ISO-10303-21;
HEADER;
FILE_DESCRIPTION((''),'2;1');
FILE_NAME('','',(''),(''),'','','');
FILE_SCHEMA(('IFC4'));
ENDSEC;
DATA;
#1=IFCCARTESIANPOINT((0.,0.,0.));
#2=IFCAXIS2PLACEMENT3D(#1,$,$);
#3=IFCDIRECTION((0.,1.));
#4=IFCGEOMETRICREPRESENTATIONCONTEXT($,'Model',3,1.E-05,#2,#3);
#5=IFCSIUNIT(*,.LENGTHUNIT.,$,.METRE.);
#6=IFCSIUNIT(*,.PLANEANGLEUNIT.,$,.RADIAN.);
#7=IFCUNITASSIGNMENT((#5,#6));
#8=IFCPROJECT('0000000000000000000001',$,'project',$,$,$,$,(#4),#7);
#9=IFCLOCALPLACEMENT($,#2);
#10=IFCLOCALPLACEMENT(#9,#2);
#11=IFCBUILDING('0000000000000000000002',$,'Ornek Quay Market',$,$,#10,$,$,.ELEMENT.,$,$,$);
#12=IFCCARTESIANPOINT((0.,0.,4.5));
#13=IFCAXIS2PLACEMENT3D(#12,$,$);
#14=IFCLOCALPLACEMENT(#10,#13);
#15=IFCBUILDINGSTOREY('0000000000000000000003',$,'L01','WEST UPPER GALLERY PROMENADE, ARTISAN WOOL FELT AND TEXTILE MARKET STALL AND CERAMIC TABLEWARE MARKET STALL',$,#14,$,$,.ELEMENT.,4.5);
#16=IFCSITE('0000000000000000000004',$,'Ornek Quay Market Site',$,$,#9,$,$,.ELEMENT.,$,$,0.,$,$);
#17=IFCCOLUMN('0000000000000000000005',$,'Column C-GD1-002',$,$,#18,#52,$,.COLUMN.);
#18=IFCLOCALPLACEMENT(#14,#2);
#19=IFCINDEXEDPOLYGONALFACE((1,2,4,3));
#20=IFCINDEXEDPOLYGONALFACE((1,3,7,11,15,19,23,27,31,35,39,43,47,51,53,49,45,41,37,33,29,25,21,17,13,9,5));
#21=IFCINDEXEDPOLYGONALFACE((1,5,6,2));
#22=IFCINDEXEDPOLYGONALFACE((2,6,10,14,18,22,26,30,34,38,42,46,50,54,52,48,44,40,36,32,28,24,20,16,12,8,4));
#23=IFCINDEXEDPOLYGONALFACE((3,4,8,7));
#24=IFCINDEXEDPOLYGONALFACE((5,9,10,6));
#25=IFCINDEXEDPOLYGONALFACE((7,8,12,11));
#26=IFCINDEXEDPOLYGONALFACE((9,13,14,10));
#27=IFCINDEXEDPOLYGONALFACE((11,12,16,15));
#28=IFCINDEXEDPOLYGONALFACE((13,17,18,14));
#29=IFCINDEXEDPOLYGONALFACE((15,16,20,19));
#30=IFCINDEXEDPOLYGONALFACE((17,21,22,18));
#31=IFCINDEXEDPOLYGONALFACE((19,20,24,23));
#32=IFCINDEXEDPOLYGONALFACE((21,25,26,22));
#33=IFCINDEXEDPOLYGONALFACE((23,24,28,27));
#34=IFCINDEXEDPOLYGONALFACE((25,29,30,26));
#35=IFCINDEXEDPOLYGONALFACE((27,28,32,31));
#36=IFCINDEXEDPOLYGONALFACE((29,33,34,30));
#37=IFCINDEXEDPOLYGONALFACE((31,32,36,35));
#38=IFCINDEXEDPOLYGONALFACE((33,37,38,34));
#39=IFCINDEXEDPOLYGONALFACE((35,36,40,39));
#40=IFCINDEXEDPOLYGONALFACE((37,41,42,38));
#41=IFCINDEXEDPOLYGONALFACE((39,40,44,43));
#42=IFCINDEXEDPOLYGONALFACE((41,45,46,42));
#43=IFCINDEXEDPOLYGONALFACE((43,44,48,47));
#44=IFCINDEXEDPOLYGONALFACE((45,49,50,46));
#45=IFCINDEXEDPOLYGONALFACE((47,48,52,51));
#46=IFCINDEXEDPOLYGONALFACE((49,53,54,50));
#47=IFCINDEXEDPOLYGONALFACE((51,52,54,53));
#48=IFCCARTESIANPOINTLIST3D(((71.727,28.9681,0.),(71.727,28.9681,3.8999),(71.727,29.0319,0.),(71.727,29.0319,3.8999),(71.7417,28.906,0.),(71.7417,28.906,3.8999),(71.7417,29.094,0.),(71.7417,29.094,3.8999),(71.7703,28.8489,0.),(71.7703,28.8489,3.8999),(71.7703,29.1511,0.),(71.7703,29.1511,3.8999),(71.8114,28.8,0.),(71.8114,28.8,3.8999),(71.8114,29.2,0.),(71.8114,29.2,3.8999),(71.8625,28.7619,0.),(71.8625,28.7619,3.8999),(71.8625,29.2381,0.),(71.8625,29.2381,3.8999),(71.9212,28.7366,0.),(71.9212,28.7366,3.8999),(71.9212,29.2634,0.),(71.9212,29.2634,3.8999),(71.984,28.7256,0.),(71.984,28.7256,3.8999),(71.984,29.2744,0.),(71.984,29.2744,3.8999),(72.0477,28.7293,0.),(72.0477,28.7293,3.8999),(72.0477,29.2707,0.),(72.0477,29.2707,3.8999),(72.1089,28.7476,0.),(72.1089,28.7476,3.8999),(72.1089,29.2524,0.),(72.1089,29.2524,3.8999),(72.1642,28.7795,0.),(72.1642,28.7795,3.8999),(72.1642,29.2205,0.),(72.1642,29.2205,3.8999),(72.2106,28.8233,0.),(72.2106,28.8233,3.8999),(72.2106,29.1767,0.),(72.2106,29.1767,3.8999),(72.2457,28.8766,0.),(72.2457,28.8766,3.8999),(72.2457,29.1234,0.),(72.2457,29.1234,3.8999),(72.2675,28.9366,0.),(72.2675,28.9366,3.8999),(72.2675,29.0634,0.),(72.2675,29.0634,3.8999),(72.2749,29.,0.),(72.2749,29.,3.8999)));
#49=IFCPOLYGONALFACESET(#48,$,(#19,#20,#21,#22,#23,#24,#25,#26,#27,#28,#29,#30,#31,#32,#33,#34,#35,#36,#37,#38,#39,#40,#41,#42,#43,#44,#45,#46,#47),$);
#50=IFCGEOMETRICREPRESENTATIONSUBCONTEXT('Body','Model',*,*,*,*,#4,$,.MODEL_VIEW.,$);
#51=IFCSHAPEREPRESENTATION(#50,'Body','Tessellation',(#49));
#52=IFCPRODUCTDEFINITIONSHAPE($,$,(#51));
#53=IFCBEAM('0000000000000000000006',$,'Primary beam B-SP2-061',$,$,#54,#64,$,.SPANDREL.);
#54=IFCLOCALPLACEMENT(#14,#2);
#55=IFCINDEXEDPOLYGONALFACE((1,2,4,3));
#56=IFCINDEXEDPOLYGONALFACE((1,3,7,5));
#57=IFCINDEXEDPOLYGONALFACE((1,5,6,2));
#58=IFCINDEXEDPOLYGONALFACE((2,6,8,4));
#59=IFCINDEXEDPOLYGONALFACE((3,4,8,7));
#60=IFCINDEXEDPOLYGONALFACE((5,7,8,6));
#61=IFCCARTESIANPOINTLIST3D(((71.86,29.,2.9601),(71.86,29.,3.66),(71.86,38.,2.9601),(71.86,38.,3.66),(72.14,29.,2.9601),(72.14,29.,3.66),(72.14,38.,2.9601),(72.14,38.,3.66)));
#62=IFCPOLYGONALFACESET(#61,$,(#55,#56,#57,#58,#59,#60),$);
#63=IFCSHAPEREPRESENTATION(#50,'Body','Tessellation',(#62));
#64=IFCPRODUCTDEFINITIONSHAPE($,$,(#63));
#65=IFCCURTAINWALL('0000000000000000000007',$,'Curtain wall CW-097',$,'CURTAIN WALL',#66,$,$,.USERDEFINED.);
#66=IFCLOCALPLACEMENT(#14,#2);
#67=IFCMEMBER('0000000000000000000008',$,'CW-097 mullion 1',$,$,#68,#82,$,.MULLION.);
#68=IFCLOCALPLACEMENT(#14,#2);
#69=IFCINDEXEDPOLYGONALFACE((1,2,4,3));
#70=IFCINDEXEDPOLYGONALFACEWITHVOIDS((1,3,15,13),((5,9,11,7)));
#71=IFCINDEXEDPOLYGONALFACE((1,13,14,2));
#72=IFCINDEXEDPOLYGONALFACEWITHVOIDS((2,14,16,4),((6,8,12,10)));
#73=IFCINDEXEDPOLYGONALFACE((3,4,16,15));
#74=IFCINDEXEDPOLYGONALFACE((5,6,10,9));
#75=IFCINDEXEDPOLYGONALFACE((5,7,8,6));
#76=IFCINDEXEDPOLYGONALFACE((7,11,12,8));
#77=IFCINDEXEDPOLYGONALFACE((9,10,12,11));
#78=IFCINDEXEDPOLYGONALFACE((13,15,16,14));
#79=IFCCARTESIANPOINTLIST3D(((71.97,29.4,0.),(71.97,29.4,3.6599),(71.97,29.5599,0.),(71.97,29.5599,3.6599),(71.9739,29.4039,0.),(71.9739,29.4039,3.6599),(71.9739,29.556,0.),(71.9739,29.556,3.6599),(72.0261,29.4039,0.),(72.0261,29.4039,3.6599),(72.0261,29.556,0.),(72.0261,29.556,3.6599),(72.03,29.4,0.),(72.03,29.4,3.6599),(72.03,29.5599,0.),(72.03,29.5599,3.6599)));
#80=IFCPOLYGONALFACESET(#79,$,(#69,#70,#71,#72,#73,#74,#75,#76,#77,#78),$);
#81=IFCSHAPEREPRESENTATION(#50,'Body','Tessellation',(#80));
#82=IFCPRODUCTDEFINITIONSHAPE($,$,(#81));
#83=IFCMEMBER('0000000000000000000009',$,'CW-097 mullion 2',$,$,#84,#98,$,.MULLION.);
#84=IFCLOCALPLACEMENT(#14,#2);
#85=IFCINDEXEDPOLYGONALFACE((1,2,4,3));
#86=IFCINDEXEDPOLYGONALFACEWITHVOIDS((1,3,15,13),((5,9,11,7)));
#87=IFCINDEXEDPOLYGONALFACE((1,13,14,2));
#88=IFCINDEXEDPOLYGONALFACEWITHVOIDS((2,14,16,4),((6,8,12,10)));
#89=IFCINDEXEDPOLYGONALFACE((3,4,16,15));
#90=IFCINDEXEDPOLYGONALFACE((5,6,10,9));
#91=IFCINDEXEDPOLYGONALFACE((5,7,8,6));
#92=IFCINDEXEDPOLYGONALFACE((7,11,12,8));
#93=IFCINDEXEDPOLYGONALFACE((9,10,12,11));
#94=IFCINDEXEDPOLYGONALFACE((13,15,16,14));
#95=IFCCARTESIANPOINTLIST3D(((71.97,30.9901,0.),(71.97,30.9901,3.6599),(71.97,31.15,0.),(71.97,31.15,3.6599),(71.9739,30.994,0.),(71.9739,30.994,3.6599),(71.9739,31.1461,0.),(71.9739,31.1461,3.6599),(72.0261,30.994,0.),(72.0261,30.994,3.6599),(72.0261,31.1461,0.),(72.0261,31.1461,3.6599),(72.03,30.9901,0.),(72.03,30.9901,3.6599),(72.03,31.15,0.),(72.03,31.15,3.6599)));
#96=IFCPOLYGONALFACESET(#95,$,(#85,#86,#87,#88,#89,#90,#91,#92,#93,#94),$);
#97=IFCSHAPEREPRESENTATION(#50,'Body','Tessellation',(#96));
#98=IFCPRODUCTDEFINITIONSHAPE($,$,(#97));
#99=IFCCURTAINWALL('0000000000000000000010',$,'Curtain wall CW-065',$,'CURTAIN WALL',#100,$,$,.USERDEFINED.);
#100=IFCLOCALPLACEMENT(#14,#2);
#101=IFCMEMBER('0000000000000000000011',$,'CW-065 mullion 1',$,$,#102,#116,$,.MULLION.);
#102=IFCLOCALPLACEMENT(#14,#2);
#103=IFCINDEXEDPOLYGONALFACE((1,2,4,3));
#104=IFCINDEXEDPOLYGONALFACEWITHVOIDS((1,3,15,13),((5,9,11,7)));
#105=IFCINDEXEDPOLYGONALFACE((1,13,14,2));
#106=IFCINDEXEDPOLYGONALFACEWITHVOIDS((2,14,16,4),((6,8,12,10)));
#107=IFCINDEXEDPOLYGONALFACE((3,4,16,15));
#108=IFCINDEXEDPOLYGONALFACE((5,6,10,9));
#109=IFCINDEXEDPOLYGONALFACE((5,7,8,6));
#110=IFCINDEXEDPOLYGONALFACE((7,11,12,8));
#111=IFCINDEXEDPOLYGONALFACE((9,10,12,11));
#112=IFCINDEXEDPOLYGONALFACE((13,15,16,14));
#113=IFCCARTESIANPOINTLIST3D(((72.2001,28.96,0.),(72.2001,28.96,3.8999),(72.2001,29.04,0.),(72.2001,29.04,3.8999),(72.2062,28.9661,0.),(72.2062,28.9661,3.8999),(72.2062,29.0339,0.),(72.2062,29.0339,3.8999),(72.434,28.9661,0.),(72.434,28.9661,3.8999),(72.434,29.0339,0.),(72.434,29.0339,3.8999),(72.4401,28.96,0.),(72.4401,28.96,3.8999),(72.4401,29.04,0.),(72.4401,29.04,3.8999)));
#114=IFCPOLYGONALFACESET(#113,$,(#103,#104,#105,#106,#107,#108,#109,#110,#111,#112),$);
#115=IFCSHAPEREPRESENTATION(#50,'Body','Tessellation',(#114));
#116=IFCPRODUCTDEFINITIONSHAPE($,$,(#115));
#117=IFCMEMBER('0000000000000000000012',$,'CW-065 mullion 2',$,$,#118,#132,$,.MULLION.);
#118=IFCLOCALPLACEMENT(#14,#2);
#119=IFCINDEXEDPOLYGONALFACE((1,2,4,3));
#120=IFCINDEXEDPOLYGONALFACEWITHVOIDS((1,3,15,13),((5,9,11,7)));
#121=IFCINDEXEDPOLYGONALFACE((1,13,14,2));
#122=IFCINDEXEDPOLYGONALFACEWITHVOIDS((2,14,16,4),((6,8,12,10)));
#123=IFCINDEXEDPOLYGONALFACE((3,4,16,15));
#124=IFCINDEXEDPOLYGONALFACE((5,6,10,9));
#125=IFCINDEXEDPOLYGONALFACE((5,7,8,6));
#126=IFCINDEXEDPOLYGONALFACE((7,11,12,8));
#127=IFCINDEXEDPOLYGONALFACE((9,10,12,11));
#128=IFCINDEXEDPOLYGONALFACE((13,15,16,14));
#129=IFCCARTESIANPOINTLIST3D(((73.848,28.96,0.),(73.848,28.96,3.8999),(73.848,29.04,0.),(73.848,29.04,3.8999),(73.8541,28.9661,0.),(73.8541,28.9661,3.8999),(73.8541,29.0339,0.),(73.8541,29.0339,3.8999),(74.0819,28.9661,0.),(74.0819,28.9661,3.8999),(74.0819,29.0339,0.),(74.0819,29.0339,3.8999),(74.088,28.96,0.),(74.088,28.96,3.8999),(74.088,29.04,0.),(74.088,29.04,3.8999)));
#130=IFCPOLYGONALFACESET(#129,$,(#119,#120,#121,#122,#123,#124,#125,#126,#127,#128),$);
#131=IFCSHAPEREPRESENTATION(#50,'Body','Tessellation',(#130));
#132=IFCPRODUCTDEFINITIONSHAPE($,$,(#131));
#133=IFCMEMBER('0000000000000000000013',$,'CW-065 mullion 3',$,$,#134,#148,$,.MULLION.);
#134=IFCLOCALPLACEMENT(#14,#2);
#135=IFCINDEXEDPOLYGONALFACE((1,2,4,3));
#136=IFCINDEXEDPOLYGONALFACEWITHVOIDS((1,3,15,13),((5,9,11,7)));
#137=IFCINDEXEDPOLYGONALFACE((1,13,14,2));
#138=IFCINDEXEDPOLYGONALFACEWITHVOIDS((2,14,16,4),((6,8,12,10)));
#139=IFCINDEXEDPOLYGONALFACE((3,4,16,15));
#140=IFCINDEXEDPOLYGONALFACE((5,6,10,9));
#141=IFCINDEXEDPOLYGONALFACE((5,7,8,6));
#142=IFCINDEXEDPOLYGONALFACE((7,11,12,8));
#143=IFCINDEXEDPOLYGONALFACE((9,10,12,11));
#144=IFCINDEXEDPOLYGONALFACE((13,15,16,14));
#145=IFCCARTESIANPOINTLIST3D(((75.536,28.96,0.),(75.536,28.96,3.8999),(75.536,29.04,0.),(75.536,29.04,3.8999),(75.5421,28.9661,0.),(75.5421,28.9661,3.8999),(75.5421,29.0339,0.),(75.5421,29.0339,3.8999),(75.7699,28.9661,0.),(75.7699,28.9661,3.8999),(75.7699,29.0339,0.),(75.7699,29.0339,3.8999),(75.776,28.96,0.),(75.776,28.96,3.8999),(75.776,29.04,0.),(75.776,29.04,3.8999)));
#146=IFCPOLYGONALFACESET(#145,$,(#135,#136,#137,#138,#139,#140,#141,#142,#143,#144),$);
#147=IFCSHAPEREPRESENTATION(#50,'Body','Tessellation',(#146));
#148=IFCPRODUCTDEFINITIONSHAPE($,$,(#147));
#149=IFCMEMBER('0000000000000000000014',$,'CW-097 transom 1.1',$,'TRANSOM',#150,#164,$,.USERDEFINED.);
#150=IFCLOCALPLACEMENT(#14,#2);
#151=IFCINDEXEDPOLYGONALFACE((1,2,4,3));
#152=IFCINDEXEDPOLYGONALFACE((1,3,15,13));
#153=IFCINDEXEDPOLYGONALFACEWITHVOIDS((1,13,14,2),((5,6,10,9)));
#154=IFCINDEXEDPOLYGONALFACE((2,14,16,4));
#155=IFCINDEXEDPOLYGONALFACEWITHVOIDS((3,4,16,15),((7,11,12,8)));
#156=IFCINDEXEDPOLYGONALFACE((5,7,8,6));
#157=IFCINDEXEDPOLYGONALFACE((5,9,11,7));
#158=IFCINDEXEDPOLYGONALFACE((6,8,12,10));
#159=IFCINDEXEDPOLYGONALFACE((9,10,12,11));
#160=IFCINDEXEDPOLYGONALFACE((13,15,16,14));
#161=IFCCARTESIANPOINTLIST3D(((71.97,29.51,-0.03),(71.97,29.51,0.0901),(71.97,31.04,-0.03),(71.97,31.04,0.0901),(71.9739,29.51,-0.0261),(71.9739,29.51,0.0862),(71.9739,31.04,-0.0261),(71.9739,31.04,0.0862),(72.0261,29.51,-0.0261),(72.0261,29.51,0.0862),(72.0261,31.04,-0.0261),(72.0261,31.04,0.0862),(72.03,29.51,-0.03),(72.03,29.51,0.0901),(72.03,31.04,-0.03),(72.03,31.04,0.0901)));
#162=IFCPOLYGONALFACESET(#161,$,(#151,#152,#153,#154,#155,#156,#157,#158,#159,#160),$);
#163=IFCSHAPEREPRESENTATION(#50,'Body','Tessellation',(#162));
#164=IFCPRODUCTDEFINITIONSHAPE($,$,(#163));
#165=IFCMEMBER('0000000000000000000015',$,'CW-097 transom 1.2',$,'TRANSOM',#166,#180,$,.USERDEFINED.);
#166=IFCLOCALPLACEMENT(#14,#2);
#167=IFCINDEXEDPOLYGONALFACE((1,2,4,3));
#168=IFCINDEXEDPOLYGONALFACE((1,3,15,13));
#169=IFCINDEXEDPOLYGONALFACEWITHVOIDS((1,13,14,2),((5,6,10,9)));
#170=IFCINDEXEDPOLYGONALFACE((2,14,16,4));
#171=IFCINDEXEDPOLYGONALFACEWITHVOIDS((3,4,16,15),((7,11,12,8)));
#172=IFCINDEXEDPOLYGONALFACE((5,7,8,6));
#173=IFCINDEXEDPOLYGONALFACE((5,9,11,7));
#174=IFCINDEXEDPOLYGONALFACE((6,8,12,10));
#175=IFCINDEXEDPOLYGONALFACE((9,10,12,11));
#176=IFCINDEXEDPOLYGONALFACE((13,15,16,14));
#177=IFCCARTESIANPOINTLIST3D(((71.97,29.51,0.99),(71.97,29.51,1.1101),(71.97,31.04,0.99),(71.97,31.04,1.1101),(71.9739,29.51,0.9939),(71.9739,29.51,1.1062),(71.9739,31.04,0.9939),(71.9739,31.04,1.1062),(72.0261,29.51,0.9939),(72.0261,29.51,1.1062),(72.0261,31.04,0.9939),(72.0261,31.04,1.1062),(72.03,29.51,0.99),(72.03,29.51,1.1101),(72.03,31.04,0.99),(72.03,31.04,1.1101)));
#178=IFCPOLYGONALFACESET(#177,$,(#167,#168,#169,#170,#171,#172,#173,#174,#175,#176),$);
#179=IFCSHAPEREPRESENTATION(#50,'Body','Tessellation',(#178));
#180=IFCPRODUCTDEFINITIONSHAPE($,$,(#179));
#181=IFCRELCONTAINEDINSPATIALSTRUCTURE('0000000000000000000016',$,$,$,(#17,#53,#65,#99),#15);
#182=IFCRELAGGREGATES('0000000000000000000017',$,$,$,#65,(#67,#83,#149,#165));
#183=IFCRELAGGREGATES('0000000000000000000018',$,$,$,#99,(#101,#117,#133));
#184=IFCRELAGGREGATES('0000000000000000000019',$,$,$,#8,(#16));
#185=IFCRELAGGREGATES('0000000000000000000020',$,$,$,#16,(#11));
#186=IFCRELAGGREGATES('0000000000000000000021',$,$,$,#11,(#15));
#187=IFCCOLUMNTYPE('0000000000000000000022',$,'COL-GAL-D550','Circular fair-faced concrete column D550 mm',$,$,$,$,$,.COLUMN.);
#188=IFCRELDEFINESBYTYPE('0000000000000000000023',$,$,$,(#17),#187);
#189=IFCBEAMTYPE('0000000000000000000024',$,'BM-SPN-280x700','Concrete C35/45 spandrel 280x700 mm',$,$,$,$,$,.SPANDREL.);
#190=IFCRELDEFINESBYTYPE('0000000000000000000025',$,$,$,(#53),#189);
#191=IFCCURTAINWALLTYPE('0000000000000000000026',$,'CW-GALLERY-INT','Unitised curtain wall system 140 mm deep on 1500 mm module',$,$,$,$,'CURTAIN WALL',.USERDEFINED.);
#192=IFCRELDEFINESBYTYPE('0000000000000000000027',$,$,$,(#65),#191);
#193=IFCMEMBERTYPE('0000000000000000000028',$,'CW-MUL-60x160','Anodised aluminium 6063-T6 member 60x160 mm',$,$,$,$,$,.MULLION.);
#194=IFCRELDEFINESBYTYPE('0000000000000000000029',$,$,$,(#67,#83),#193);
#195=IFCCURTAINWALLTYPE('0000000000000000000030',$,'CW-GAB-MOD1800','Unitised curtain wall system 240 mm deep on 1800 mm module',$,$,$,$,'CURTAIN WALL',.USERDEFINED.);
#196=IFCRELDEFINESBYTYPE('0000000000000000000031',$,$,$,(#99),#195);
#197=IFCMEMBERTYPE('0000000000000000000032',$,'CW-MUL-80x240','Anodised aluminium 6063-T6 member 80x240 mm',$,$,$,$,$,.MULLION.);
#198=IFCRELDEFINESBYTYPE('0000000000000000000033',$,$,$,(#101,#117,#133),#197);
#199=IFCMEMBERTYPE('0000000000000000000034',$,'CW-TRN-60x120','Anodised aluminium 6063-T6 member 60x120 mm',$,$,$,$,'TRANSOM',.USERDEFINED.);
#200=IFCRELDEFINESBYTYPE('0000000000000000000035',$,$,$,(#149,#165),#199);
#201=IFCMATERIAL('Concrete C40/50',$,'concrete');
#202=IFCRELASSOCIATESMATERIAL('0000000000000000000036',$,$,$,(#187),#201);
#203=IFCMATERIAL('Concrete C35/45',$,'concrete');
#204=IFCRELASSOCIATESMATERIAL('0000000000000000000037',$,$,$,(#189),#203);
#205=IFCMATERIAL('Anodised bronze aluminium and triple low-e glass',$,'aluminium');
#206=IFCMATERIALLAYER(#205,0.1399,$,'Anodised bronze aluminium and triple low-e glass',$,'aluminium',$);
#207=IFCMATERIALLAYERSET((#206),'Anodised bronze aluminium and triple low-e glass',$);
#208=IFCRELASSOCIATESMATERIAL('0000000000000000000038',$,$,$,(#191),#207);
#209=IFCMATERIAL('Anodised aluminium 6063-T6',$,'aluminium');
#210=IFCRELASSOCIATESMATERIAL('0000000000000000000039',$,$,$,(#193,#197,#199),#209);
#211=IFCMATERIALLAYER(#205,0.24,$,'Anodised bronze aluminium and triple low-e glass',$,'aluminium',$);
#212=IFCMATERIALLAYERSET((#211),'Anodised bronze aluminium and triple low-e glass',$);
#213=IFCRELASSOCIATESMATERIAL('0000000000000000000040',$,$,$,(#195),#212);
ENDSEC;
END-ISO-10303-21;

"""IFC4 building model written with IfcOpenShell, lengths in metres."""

from ifc_helpers import new_model, si_unit, direction, frame, origin, origin_2d, place, context, subcontext, project, spatial, rectangle, hollow_rectangle, circle, extrude, material, layer, layer_set, material_profile, profile_set, type_object, element, aggregate, save


model = new_model("IFC4")

# Units and contexts
model_context = context("Model", 3, precision=1e-05, world=origin(), true_north=direction((0.0, 1.0)))
body_context = subcontext(model_context, "Body", "Model", "MODEL_VIEW")
ifc_project = project(units=[si_unit("LENGTHUNIT", "METRE"), si_unit("PLANEANGLEUNIT", "RADIAN")], contexts=[model_context])

# Site, building, storey
site_placement = place(None, origin())
site = spatial("IfcSite", under=ifc_project, at=site_placement, Name="Ornek Quay Market Site", CompositionType="ELEMENT", RefElevation=0.0)
building_placement = place(site_placement, origin())
building = spatial("IfcBuilding", under=site, at=building_placement, Name="Ornek Quay Market", CompositionType="ELEMENT")
storey_placement = place(building_placement, frame((0.0, 0.0, 4.5)))
storey = spatial("IfcBuildingStorey", under=building, at=storey_placement, Name="L01", Description="WEST UPPER GALLERY PROMENADE, ARTISAN WOOL FELT AND TEXTILE MARKET STALL AND CERAMIC TABLEWARE MARKET STALL", CompositionType="ELEMENT", Elevation=4.5)

# Column
ifc_material_1 = material(Name="Concrete C40/50", Category="concrete")
ifc_material_profile_1 = material_profile(ifc_material_1, circle(Radius=0.2749, at=origin_2d()), Name="RC D550", Category="concrete")
ifc_profile_set_1 = profile_set([ifc_material_profile_1], Name="Concrete C40/50")
column_type = type_object("IfcColumnType", Name="COL-GAL-D550", Description="Circular fair-faced concrete column D550 mm", PredefinedType="COLUMN", material=ifc_profile_set_1)
column_placement = place(storey_placement, frame((72.0, 29.0, 0.0), z_axis=(0.0, 0.0, 1.0), x_axis=(1.0, 0.0, 0.0)))
element("IfcColumn", 1, at=column_placement, inside=storey, type_object=column_type, Name="Column C-GD1-002", PredefinedType="COLUMN", context=body_context, shape_type="SweptSolid", body=[
    extrude(circle(Radius=0.2749, at=origin_2d()), origin(), (0.0, 0.0, 1.0), 3.8999),
])

# Beam
ifc_material_2 = material(Name="Concrete C35/45", Category="concrete")
ifc_material_profile_2 = material_profile(ifc_material_2, rectangle(XDim=0.28, YDim=0.7, at=origin_2d()), Name="RC 280x700", Category="concrete")
ifc_profile_set_2 = profile_set([ifc_material_profile_2], Name="Concrete C35/45")
beam_type = type_object("IfcBeamType", Name="BM-SPN-280x700", Description="Concrete C35/45 spandrel 280x700 mm", PredefinedType="SPANDREL", material=ifc_profile_set_2)
beam_placement = place(storey_placement, frame((72.0, 29.0, 3.3101), z_axis=(0.0, 1.0, 0.0), x_axis=(-1.0, 0.0, 0.0)))
element("IfcBeam", 2, at=beam_placement, inside=storey, type_object=beam_type, Name="Primary beam B-SP2-061", PredefinedType="SPANDREL", context=body_context, shape_type="SweptSolid", body=[
    extrude(rectangle(XDim=0.28, YDim=0.7, at=origin_2d()), origin(), (0.0, 0.0, 1.0), 9.0),
])

# Curtain walls, members
ifc_material_3 = material(Name="Anodised bronze aluminium and triple low-e glass", Category="aluminium")
ifc_layer_1 = layer(ifc_material_3, 0.1399, Name="Anodised bronze aluminium and triple low-e glass", Category="aluminium")
ifc_layer_set_1 = layer_set([ifc_layer_1], Name="Anodised bronze aluminium and triple low-e glass")
curtain_wall_type_1 = type_object("IfcCurtainWallType", Name="CW-GALLERY-INT", Description="Unitised curtain wall system 140 mm deep on 1500 mm module", ElementType="CURTAIN WALL", PredefinedType="USERDEFINED", material=ifc_layer_set_1)
curtain_wall_1_placement = place(storey_placement, origin())
curtain_wall_1 = element("IfcCurtainWall", 3, at=curtain_wall_1_placement, inside=storey, type_object=curtain_wall_type_1, Name="Curtain wall CW-097", ObjectType="CURTAIN WALL", PredefinedType="USERDEFINED")
ifc_material_4 = material(Name="Anodised aluminium 6063-T6", Category="aluminium")
ifc_material_profile_3 = material_profile(ifc_material_4, hollow_rectangle(XDim=0.0601, YDim=0.1599, WallThickness=0.0039, at=origin_2d()), Name="CW-MUL-60x160", Category="aluminium")
ifc_profile_set_3 = profile_set([ifc_material_profile_3], Name="Anodised aluminium 6063-T6")
member_type_1 = type_object("IfcMemberType", Name="CW-MUL-60x160", Description="Anodised aluminium 6063-T6 member 60x160 mm", PredefinedType="MULLION", material=ifc_profile_set_3)
member_1_placement = place(storey_placement, frame((72.0, 29.48, 0.0), z_axis=(0.0, 0.0, 1.0), x_axis=(-1.0, 0.0, 0.0)))
member_1 = element("IfcMember", 4, at=member_1_placement, type_object=member_type_1, Name="CW-097 mullion 1", PredefinedType="MULLION", context=body_context, shape_type="SweptSolid", body=[
    extrude(hollow_rectangle(XDim=0.0601, YDim=0.1599, WallThickness=0.0039, at=origin_2d()), origin(), (0.0, 0.0, 1.0), 3.6599),
])
member_2_placement = place(storey_placement, frame((72.0, 31.0701, 0.0), z_axis=(0.0, 0.0, 1.0), x_axis=(-1.0, 0.0, 0.0)))
member_2 = element("IfcMember", 5, at=member_2_placement, type_object=member_type_1, Name="CW-097 mullion 2", PredefinedType="MULLION", context=body_context, shape_type="SweptSolid", body=[
    extrude(hollow_rectangle(XDim=0.0601, YDim=0.1599, WallThickness=0.0039, at=origin_2d()), origin(), (0.0, 0.0, 1.0), 3.6599),
])
ifc_layer_2 = layer(ifc_material_3, 0.24, Name="Anodised bronze aluminium and triple low-e glass", Category="aluminium")
ifc_layer_set_2 = layer_set([ifc_layer_2], Name="Anodised bronze aluminium and triple low-e glass")
curtain_wall_type_2 = type_object("IfcCurtainWallType", Name="CW-GAB-MOD1800", Description="Unitised curtain wall system 240 mm deep on 1800 mm module", ElementType="CURTAIN WALL", PredefinedType="USERDEFINED", material=ifc_layer_set_2)
curtain_wall_2_placement = place(storey_placement, origin())
curtain_wall_2 = element("IfcCurtainWall", 6, at=curtain_wall_2_placement, inside=storey, type_object=curtain_wall_type_2, Name="Curtain wall CW-065", ObjectType="CURTAIN WALL", PredefinedType="USERDEFINED")
ifc_material_profile_4 = material_profile(ifc_material_4, hollow_rectangle(XDim=0.0801, YDim=0.24, WallThickness=0.0061, at=origin_2d()), Name="CW-MUL-80x240", Category="aluminium")
ifc_profile_set_4 = profile_set([ifc_material_profile_4], Name="Anodised aluminium 6063-T6")
member_type_2 = type_object("IfcMemberType", Name="CW-MUL-80x240", Description="Anodised aluminium 6063-T6 member 80x240 mm", PredefinedType="MULLION", material=ifc_profile_set_4)
member_3_placement = place(storey_placement, frame((72.3201, 29.0, 0.0), z_axis=(0.0, 0.0, 1.0), x_axis=(0.0, 1.0, 0.0)))
member_3 = element("IfcMember", 7, at=member_3_placement, type_object=member_type_2, Name="CW-065 mullion 1", PredefinedType="MULLION", context=body_context, shape_type="SweptSolid", body=[
    extrude(hollow_rectangle(XDim=0.0801, YDim=0.24, WallThickness=0.0061, at=origin_2d()), origin(), (0.0, 0.0, 1.0), 3.8999),
])
member_4_placement = place(storey_placement, frame((73.968, 29.0, 0.0), z_axis=(0.0, 0.0, 1.0), x_axis=(0.0, 1.0, 0.0)))
member_4 = element("IfcMember", 8, at=member_4_placement, type_object=member_type_2, Name="CW-065 mullion 2", PredefinedType="MULLION", context=body_context, shape_type="SweptSolid", body=[
    extrude(hollow_rectangle(XDim=0.0801, YDim=0.24, WallThickness=0.0061, at=origin_2d()), origin(), (0.0, 0.0, 1.0), 3.8999),
])
member_5_placement = place(storey_placement, frame((75.656, 29.0, 0.0), z_axis=(0.0, 0.0, 1.0), x_axis=(0.0, 1.0, 0.0)))
member_5 = element("IfcMember", 9, at=member_5_placement, type_object=member_type_2, Name="CW-065 mullion 3", PredefinedType="MULLION", context=body_context, shape_type="SweptSolid", body=[
    extrude(hollow_rectangle(XDim=0.0801, YDim=0.24, WallThickness=0.0061, at=origin_2d()), origin(), (0.0, 0.0, 1.0), 3.8999),
])

# Members
ifc_material_profile_5 = material_profile(ifc_material_4, hollow_rectangle(XDim=0.0601, YDim=0.1201, WallThickness=0.0039, at=origin_2d()), Name="CW-TRN-60x120", Category="aluminium")
ifc_profile_set_5 = profile_set([ifc_material_profile_5], Name="Anodised aluminium 6063-T6")
member_type_3 = type_object("IfcMemberType", Name="CW-TRN-60x120", Description="Anodised aluminium 6063-T6 member 60x120 mm", ElementType="TRANSOM", PredefinedType="USERDEFINED", material=ifc_profile_set_5)
member_6_placement = place(storey_placement, frame((72.0, 29.51, 0.03), z_axis=(0.0, 1.0, 0.0), x_axis=(-1.0, 0.0, 0.0)))
member_6 = element("IfcMember", 10, at=member_6_placement, type_object=member_type_3, Name="CW-097 transom 1.1", ObjectType="TRANSOM", PredefinedType="USERDEFINED", context=body_context, shape_type="SweptSolid", body=[
    extrude(hollow_rectangle(XDim=0.0601, YDim=0.1201, WallThickness=0.0039, at=origin_2d()), origin(), (0.0, 0.0, 1.0), 1.53),
])
member_7_placement = place(storey_placement, frame((72.0, 29.51, 1.05), z_axis=(0.0, 1.0, 0.0), x_axis=(-1.0, 0.0, 0.0)))
member_7 = element("IfcMember", 11, at=member_7_placement, type_object=member_type_3, Name="CW-097 transom 1.2", ObjectType="TRANSOM", PredefinedType="USERDEFINED", context=body_context, shape_type="SweptSolid", body=[
    extrude(hollow_rectangle(XDim=0.0601, YDim=0.1201, WallThickness=0.0039, at=origin_2d()), origin(), (0.0, 0.0, 1.0), 1.53),
])

aggregate(curtain_wall_1, [member_1, member_2, member_6, member_7])
aggregate(curtain_wall_2, [member_3, member_4, member_5])

save(model, "model.ifc")
